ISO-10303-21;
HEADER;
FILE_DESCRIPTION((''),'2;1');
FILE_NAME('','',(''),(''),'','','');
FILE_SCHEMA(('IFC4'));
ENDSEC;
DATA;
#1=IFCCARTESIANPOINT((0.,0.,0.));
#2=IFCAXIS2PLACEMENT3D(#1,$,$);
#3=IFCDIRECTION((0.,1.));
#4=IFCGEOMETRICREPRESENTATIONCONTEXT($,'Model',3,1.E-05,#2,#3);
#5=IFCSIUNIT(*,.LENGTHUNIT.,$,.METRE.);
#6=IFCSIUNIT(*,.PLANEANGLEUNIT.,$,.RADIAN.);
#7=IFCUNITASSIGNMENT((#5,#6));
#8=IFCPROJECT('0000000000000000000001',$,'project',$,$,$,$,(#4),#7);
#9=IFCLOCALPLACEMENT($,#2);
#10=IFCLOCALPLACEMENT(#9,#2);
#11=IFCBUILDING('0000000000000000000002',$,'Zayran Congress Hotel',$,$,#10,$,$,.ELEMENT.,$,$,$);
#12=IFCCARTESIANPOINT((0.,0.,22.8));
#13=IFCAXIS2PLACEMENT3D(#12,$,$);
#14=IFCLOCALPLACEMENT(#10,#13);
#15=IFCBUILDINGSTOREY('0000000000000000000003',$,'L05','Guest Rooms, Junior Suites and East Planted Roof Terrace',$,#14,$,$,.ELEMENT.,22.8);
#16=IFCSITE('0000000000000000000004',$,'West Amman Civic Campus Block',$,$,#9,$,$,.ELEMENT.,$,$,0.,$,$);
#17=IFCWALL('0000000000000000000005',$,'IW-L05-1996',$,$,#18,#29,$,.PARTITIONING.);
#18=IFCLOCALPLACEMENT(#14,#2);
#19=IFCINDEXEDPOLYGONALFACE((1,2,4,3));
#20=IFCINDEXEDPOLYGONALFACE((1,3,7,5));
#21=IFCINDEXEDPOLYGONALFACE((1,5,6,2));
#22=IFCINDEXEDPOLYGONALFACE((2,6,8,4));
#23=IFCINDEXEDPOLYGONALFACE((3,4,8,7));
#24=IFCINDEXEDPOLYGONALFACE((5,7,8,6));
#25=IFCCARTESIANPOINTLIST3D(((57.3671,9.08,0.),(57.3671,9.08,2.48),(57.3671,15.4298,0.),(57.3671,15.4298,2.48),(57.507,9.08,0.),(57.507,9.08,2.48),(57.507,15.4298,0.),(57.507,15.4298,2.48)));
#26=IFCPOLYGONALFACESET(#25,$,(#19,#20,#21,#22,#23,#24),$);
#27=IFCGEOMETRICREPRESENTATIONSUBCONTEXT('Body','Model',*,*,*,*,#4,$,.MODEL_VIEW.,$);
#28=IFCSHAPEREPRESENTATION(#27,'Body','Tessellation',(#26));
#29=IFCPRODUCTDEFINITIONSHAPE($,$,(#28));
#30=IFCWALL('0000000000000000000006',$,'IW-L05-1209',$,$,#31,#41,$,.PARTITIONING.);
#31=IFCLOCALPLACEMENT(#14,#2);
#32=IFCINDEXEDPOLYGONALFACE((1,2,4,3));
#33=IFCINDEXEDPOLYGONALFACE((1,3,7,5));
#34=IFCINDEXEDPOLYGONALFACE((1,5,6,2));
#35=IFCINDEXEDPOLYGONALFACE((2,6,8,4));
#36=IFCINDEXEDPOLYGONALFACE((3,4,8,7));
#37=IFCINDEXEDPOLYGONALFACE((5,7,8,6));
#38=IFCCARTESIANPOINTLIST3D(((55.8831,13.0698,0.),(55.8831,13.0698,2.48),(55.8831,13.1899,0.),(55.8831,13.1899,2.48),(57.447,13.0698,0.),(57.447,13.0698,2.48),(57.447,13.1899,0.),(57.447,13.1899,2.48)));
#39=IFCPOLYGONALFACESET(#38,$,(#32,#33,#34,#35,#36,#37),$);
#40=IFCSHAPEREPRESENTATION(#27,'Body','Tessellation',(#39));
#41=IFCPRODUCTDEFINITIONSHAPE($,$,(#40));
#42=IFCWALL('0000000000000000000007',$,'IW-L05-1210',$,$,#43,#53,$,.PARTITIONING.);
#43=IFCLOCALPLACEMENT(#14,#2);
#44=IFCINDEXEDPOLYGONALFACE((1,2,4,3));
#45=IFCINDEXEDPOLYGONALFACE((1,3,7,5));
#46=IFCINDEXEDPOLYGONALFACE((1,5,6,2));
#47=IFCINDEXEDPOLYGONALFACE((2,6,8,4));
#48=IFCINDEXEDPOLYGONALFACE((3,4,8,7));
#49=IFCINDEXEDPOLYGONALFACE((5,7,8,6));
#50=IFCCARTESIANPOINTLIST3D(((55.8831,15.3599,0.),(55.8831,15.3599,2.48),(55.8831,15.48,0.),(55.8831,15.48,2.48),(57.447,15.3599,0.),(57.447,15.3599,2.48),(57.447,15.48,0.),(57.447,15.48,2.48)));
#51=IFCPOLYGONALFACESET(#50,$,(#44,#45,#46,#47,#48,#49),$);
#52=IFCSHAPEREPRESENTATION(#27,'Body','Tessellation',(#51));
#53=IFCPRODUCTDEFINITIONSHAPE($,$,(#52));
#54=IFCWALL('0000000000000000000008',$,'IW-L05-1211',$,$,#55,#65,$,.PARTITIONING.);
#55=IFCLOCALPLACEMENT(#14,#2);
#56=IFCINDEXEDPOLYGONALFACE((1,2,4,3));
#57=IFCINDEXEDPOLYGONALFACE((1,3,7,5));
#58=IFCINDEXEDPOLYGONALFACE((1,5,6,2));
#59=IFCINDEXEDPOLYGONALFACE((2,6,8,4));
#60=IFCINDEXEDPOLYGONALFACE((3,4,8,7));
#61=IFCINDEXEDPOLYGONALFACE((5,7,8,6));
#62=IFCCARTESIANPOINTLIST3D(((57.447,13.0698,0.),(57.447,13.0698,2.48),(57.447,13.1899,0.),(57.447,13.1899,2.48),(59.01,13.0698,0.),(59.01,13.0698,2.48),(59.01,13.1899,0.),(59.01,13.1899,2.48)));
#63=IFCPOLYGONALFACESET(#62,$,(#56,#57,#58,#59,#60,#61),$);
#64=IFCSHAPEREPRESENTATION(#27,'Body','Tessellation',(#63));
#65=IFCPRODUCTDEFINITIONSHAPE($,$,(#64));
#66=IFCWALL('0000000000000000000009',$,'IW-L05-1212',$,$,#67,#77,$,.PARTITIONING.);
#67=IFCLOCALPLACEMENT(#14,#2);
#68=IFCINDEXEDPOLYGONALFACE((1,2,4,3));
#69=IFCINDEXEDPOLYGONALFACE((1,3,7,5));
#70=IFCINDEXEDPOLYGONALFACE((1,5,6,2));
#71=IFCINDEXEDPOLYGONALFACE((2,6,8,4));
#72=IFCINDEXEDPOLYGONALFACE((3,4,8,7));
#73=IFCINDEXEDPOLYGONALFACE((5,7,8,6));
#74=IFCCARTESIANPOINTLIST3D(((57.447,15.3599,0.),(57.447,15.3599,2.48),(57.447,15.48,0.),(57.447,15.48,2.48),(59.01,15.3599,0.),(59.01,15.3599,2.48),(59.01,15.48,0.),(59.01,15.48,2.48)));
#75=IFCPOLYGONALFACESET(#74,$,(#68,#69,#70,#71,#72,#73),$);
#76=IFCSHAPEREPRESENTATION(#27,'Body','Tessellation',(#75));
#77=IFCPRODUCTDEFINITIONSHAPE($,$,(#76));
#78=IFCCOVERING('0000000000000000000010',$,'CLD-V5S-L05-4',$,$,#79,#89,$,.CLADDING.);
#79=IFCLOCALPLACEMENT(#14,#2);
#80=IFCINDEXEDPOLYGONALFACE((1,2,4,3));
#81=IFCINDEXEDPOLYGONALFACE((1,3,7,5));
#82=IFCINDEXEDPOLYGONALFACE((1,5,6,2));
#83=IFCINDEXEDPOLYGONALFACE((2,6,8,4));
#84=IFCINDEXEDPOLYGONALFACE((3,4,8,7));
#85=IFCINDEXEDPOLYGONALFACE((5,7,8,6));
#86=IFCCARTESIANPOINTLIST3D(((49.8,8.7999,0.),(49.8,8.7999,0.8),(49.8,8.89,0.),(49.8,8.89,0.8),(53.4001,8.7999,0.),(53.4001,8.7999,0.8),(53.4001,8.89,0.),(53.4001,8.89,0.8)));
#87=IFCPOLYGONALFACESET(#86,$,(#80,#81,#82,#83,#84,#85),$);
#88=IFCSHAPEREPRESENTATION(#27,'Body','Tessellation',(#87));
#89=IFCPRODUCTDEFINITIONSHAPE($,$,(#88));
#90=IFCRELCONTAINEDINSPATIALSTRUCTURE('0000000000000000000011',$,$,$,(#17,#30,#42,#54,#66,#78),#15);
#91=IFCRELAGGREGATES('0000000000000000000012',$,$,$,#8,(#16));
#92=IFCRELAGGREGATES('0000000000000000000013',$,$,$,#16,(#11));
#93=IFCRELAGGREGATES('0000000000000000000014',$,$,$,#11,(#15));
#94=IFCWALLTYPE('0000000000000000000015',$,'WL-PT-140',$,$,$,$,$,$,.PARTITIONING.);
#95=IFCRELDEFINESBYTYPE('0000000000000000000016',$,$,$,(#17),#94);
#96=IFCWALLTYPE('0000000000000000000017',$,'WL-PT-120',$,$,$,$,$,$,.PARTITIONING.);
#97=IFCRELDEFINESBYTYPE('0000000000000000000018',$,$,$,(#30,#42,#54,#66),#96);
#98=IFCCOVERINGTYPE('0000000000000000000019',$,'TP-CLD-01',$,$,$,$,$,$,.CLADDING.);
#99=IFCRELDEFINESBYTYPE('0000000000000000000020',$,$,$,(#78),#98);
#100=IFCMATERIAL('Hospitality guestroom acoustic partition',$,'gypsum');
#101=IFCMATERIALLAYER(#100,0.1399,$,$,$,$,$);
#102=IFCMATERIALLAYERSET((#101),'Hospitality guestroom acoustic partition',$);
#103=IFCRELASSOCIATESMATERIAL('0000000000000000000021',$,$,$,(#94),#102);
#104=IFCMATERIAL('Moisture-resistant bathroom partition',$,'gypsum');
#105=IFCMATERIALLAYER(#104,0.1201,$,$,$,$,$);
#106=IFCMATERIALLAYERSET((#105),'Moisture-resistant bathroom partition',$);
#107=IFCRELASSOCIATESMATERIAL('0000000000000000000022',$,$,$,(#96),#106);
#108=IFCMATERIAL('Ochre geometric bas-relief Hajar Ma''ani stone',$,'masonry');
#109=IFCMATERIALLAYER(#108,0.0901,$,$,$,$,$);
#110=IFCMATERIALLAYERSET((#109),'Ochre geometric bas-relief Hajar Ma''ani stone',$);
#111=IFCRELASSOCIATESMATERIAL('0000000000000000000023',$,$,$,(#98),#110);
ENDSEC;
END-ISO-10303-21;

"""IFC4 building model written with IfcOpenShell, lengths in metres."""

from ifc_helpers import new_model, si_unit, direction, frame, frame_2d, origin, origin_2d, place, context, subcontext, project, spatial, rectangle, extrude, material, layer, layer_set, type_object, element, save


model = new_model("IFC4")

# Units and contexts
model_context = context("Model", 3, precision=1e-05, world=origin(), true_north=direction((0.0, 1.0)))
body_context = subcontext(model_context, "Body", "Model", "MODEL_VIEW")
ifc_project = project(units=[si_unit("LENGTHUNIT", "METRE"), si_unit("PLANEANGLEUNIT", "RADIAN")], contexts=[model_context])

# Site, building, storey
site_placement = place(None, origin())
site = spatial("IfcSite", under=ifc_project, at=site_placement, Name="West Amman Civic Campus Block", CompositionType="ELEMENT", RefElevation=0.0)
building_placement = place(site_placement, origin())
building = spatial("IfcBuilding", under=site, at=building_placement, Name="Zayran Congress Hotel", CompositionType="ELEMENT")
storey_placement = place(building_placement, frame((0.0, 0.0, 22.8)))
storey = spatial("IfcBuildingStorey", under=building, at=storey_placement, Name="L05", Description="Guest Rooms, Junior Suites and East Planted Roof Terrace", CompositionType="ELEMENT", Elevation=22.8)

# Shared definitions
ifc_material_1 = material(Name="Hospitality guestroom acoustic partition", Category="gypsum")
ifc_layer_1 = layer(ifc_material_1, 0.1399)
ifc_layer_set_1 = layer_set([ifc_layer_1], Name="Hospitality guestroom acoustic partition")
wall_type_1 = type_object("IfcWallType", Name="WL-PT-140", PredefinedType="PARTITIONING", material=ifc_layer_set_1)

# Wall
for number, where, z_axis, x_axis, name in (
    (1, (57.437, 9.0801, 0.0), (0.0, 0.0, 1.0), (0.0, 1.0, 0.0), "IW-L05-1996"),
):
    element("IfcWall", number, at=place(storey_placement, frame(where, z_axis=z_axis, x_axis=x_axis)), inside=storey, type_object=wall_type_1, Name=name, PredefinedType="PARTITIONING", context=body_context, shape_type="SweptSolid", body=[
        extrude(rectangle(XDim=6.3499, YDim=0.1399, at=frame_2d((3.1748, 0.0))), origin(), (0.0, 0.0, 1.0), 2.48),
    ])

# Shared definitions
ifc_material_2 = material(Name="Moisture-resistant bathroom partition", Category="gypsum")
ifc_layer_2 = layer(ifc_material_2, 0.1201)
ifc_layer_set_2 = layer_set([ifc_layer_2], Name="Moisture-resistant bathroom partition")
wall_type_2 = type_object("IfcWallType", Name="WL-PT-120", PredefinedType="PARTITIONING", material=ifc_layer_set_2)

# Walls
for number, where, z_axis, x_axis, name in (
    (2, (55.8831, 13.1299, 0.0), (0.0, 0.0, 1.0), (1.0, 0.0, 0.0), "IW-L05-1209"),
    (3, (55.8831, 15.4199, 0.0), (0.0, 0.0, 1.0), (1.0, 0.0, 0.0), "IW-L05-1210"),
):
    element("IfcWall", number, at=place(storey_placement, frame(where, z_axis=z_axis, x_axis=x_axis)), inside=storey, type_object=wall_type_2, Name=name, PredefinedType="PARTITIONING", context=body_context, shape_type="SweptSolid", body=[
        extrude(rectangle(XDim=1.564, YDim=0.1201, at=frame_2d((0.782, 0.0))), origin(), (0.0, 0.0, 1.0), 2.48),
    ])
for number, where, z_axis, x_axis, name in (
    (4, (57.447, 13.1299, 0.0), (0.0, 0.0, 1.0), (1.0, 0.0, 0.0), "IW-L05-1211"),
    (5, (57.447, 15.4199, 0.0), (0.0, 0.0, 1.0), (1.0, 0.0, 0.0), "IW-L05-1212"),
):
    element("IfcWall", number, at=place(storey_placement, frame(where, z_axis=z_axis, x_axis=x_axis)), inside=storey, type_object=wall_type_2, Name=name, PredefinedType="PARTITIONING", context=body_context, shape_type="SweptSolid", body=[
        extrude(rectangle(XDim=1.563, YDim=0.1201, at=frame_2d((0.7815, 0.0))), origin(), (0.0, 0.0, 1.0), 2.48),
    ])

# Covering
ifc_material_3 = material(Name="Ochre geometric bas-relief Hajar Ma'ani stone", Category="masonry")
ifc_layer_3 = layer(ifc_material_3, 0.0901)
ifc_layer_set_3 = layer_set([ifc_layer_3], Name="Ochre geometric bas-relief Hajar Ma'ani stone")
covering_type = type_object("IfcCoveringType", Name="TP-CLD-01", PredefinedType="CLADDING", material=ifc_layer_set_3)
covering_placement = place(storey_placement, frame((51.6001, 8.845, 0.0), z_axis=(0.0, 0.0, 1.0), x_axis=(1.0, 0.0, 0.0)))
element("IfcCovering", 6, at=covering_placement, inside=storey, type_object=covering_type, Name="CLD-V5S-L05-4", PredefinedType="CLADDING", context=body_context, shape_type="SweptSolid", body=[
    extrude(rectangle(XDim=3.6001, YDim=0.0901, at=origin_2d()), origin(), (0.0, 0.0, 1.0), 0.8),
])

save(model, "model.ifc")
